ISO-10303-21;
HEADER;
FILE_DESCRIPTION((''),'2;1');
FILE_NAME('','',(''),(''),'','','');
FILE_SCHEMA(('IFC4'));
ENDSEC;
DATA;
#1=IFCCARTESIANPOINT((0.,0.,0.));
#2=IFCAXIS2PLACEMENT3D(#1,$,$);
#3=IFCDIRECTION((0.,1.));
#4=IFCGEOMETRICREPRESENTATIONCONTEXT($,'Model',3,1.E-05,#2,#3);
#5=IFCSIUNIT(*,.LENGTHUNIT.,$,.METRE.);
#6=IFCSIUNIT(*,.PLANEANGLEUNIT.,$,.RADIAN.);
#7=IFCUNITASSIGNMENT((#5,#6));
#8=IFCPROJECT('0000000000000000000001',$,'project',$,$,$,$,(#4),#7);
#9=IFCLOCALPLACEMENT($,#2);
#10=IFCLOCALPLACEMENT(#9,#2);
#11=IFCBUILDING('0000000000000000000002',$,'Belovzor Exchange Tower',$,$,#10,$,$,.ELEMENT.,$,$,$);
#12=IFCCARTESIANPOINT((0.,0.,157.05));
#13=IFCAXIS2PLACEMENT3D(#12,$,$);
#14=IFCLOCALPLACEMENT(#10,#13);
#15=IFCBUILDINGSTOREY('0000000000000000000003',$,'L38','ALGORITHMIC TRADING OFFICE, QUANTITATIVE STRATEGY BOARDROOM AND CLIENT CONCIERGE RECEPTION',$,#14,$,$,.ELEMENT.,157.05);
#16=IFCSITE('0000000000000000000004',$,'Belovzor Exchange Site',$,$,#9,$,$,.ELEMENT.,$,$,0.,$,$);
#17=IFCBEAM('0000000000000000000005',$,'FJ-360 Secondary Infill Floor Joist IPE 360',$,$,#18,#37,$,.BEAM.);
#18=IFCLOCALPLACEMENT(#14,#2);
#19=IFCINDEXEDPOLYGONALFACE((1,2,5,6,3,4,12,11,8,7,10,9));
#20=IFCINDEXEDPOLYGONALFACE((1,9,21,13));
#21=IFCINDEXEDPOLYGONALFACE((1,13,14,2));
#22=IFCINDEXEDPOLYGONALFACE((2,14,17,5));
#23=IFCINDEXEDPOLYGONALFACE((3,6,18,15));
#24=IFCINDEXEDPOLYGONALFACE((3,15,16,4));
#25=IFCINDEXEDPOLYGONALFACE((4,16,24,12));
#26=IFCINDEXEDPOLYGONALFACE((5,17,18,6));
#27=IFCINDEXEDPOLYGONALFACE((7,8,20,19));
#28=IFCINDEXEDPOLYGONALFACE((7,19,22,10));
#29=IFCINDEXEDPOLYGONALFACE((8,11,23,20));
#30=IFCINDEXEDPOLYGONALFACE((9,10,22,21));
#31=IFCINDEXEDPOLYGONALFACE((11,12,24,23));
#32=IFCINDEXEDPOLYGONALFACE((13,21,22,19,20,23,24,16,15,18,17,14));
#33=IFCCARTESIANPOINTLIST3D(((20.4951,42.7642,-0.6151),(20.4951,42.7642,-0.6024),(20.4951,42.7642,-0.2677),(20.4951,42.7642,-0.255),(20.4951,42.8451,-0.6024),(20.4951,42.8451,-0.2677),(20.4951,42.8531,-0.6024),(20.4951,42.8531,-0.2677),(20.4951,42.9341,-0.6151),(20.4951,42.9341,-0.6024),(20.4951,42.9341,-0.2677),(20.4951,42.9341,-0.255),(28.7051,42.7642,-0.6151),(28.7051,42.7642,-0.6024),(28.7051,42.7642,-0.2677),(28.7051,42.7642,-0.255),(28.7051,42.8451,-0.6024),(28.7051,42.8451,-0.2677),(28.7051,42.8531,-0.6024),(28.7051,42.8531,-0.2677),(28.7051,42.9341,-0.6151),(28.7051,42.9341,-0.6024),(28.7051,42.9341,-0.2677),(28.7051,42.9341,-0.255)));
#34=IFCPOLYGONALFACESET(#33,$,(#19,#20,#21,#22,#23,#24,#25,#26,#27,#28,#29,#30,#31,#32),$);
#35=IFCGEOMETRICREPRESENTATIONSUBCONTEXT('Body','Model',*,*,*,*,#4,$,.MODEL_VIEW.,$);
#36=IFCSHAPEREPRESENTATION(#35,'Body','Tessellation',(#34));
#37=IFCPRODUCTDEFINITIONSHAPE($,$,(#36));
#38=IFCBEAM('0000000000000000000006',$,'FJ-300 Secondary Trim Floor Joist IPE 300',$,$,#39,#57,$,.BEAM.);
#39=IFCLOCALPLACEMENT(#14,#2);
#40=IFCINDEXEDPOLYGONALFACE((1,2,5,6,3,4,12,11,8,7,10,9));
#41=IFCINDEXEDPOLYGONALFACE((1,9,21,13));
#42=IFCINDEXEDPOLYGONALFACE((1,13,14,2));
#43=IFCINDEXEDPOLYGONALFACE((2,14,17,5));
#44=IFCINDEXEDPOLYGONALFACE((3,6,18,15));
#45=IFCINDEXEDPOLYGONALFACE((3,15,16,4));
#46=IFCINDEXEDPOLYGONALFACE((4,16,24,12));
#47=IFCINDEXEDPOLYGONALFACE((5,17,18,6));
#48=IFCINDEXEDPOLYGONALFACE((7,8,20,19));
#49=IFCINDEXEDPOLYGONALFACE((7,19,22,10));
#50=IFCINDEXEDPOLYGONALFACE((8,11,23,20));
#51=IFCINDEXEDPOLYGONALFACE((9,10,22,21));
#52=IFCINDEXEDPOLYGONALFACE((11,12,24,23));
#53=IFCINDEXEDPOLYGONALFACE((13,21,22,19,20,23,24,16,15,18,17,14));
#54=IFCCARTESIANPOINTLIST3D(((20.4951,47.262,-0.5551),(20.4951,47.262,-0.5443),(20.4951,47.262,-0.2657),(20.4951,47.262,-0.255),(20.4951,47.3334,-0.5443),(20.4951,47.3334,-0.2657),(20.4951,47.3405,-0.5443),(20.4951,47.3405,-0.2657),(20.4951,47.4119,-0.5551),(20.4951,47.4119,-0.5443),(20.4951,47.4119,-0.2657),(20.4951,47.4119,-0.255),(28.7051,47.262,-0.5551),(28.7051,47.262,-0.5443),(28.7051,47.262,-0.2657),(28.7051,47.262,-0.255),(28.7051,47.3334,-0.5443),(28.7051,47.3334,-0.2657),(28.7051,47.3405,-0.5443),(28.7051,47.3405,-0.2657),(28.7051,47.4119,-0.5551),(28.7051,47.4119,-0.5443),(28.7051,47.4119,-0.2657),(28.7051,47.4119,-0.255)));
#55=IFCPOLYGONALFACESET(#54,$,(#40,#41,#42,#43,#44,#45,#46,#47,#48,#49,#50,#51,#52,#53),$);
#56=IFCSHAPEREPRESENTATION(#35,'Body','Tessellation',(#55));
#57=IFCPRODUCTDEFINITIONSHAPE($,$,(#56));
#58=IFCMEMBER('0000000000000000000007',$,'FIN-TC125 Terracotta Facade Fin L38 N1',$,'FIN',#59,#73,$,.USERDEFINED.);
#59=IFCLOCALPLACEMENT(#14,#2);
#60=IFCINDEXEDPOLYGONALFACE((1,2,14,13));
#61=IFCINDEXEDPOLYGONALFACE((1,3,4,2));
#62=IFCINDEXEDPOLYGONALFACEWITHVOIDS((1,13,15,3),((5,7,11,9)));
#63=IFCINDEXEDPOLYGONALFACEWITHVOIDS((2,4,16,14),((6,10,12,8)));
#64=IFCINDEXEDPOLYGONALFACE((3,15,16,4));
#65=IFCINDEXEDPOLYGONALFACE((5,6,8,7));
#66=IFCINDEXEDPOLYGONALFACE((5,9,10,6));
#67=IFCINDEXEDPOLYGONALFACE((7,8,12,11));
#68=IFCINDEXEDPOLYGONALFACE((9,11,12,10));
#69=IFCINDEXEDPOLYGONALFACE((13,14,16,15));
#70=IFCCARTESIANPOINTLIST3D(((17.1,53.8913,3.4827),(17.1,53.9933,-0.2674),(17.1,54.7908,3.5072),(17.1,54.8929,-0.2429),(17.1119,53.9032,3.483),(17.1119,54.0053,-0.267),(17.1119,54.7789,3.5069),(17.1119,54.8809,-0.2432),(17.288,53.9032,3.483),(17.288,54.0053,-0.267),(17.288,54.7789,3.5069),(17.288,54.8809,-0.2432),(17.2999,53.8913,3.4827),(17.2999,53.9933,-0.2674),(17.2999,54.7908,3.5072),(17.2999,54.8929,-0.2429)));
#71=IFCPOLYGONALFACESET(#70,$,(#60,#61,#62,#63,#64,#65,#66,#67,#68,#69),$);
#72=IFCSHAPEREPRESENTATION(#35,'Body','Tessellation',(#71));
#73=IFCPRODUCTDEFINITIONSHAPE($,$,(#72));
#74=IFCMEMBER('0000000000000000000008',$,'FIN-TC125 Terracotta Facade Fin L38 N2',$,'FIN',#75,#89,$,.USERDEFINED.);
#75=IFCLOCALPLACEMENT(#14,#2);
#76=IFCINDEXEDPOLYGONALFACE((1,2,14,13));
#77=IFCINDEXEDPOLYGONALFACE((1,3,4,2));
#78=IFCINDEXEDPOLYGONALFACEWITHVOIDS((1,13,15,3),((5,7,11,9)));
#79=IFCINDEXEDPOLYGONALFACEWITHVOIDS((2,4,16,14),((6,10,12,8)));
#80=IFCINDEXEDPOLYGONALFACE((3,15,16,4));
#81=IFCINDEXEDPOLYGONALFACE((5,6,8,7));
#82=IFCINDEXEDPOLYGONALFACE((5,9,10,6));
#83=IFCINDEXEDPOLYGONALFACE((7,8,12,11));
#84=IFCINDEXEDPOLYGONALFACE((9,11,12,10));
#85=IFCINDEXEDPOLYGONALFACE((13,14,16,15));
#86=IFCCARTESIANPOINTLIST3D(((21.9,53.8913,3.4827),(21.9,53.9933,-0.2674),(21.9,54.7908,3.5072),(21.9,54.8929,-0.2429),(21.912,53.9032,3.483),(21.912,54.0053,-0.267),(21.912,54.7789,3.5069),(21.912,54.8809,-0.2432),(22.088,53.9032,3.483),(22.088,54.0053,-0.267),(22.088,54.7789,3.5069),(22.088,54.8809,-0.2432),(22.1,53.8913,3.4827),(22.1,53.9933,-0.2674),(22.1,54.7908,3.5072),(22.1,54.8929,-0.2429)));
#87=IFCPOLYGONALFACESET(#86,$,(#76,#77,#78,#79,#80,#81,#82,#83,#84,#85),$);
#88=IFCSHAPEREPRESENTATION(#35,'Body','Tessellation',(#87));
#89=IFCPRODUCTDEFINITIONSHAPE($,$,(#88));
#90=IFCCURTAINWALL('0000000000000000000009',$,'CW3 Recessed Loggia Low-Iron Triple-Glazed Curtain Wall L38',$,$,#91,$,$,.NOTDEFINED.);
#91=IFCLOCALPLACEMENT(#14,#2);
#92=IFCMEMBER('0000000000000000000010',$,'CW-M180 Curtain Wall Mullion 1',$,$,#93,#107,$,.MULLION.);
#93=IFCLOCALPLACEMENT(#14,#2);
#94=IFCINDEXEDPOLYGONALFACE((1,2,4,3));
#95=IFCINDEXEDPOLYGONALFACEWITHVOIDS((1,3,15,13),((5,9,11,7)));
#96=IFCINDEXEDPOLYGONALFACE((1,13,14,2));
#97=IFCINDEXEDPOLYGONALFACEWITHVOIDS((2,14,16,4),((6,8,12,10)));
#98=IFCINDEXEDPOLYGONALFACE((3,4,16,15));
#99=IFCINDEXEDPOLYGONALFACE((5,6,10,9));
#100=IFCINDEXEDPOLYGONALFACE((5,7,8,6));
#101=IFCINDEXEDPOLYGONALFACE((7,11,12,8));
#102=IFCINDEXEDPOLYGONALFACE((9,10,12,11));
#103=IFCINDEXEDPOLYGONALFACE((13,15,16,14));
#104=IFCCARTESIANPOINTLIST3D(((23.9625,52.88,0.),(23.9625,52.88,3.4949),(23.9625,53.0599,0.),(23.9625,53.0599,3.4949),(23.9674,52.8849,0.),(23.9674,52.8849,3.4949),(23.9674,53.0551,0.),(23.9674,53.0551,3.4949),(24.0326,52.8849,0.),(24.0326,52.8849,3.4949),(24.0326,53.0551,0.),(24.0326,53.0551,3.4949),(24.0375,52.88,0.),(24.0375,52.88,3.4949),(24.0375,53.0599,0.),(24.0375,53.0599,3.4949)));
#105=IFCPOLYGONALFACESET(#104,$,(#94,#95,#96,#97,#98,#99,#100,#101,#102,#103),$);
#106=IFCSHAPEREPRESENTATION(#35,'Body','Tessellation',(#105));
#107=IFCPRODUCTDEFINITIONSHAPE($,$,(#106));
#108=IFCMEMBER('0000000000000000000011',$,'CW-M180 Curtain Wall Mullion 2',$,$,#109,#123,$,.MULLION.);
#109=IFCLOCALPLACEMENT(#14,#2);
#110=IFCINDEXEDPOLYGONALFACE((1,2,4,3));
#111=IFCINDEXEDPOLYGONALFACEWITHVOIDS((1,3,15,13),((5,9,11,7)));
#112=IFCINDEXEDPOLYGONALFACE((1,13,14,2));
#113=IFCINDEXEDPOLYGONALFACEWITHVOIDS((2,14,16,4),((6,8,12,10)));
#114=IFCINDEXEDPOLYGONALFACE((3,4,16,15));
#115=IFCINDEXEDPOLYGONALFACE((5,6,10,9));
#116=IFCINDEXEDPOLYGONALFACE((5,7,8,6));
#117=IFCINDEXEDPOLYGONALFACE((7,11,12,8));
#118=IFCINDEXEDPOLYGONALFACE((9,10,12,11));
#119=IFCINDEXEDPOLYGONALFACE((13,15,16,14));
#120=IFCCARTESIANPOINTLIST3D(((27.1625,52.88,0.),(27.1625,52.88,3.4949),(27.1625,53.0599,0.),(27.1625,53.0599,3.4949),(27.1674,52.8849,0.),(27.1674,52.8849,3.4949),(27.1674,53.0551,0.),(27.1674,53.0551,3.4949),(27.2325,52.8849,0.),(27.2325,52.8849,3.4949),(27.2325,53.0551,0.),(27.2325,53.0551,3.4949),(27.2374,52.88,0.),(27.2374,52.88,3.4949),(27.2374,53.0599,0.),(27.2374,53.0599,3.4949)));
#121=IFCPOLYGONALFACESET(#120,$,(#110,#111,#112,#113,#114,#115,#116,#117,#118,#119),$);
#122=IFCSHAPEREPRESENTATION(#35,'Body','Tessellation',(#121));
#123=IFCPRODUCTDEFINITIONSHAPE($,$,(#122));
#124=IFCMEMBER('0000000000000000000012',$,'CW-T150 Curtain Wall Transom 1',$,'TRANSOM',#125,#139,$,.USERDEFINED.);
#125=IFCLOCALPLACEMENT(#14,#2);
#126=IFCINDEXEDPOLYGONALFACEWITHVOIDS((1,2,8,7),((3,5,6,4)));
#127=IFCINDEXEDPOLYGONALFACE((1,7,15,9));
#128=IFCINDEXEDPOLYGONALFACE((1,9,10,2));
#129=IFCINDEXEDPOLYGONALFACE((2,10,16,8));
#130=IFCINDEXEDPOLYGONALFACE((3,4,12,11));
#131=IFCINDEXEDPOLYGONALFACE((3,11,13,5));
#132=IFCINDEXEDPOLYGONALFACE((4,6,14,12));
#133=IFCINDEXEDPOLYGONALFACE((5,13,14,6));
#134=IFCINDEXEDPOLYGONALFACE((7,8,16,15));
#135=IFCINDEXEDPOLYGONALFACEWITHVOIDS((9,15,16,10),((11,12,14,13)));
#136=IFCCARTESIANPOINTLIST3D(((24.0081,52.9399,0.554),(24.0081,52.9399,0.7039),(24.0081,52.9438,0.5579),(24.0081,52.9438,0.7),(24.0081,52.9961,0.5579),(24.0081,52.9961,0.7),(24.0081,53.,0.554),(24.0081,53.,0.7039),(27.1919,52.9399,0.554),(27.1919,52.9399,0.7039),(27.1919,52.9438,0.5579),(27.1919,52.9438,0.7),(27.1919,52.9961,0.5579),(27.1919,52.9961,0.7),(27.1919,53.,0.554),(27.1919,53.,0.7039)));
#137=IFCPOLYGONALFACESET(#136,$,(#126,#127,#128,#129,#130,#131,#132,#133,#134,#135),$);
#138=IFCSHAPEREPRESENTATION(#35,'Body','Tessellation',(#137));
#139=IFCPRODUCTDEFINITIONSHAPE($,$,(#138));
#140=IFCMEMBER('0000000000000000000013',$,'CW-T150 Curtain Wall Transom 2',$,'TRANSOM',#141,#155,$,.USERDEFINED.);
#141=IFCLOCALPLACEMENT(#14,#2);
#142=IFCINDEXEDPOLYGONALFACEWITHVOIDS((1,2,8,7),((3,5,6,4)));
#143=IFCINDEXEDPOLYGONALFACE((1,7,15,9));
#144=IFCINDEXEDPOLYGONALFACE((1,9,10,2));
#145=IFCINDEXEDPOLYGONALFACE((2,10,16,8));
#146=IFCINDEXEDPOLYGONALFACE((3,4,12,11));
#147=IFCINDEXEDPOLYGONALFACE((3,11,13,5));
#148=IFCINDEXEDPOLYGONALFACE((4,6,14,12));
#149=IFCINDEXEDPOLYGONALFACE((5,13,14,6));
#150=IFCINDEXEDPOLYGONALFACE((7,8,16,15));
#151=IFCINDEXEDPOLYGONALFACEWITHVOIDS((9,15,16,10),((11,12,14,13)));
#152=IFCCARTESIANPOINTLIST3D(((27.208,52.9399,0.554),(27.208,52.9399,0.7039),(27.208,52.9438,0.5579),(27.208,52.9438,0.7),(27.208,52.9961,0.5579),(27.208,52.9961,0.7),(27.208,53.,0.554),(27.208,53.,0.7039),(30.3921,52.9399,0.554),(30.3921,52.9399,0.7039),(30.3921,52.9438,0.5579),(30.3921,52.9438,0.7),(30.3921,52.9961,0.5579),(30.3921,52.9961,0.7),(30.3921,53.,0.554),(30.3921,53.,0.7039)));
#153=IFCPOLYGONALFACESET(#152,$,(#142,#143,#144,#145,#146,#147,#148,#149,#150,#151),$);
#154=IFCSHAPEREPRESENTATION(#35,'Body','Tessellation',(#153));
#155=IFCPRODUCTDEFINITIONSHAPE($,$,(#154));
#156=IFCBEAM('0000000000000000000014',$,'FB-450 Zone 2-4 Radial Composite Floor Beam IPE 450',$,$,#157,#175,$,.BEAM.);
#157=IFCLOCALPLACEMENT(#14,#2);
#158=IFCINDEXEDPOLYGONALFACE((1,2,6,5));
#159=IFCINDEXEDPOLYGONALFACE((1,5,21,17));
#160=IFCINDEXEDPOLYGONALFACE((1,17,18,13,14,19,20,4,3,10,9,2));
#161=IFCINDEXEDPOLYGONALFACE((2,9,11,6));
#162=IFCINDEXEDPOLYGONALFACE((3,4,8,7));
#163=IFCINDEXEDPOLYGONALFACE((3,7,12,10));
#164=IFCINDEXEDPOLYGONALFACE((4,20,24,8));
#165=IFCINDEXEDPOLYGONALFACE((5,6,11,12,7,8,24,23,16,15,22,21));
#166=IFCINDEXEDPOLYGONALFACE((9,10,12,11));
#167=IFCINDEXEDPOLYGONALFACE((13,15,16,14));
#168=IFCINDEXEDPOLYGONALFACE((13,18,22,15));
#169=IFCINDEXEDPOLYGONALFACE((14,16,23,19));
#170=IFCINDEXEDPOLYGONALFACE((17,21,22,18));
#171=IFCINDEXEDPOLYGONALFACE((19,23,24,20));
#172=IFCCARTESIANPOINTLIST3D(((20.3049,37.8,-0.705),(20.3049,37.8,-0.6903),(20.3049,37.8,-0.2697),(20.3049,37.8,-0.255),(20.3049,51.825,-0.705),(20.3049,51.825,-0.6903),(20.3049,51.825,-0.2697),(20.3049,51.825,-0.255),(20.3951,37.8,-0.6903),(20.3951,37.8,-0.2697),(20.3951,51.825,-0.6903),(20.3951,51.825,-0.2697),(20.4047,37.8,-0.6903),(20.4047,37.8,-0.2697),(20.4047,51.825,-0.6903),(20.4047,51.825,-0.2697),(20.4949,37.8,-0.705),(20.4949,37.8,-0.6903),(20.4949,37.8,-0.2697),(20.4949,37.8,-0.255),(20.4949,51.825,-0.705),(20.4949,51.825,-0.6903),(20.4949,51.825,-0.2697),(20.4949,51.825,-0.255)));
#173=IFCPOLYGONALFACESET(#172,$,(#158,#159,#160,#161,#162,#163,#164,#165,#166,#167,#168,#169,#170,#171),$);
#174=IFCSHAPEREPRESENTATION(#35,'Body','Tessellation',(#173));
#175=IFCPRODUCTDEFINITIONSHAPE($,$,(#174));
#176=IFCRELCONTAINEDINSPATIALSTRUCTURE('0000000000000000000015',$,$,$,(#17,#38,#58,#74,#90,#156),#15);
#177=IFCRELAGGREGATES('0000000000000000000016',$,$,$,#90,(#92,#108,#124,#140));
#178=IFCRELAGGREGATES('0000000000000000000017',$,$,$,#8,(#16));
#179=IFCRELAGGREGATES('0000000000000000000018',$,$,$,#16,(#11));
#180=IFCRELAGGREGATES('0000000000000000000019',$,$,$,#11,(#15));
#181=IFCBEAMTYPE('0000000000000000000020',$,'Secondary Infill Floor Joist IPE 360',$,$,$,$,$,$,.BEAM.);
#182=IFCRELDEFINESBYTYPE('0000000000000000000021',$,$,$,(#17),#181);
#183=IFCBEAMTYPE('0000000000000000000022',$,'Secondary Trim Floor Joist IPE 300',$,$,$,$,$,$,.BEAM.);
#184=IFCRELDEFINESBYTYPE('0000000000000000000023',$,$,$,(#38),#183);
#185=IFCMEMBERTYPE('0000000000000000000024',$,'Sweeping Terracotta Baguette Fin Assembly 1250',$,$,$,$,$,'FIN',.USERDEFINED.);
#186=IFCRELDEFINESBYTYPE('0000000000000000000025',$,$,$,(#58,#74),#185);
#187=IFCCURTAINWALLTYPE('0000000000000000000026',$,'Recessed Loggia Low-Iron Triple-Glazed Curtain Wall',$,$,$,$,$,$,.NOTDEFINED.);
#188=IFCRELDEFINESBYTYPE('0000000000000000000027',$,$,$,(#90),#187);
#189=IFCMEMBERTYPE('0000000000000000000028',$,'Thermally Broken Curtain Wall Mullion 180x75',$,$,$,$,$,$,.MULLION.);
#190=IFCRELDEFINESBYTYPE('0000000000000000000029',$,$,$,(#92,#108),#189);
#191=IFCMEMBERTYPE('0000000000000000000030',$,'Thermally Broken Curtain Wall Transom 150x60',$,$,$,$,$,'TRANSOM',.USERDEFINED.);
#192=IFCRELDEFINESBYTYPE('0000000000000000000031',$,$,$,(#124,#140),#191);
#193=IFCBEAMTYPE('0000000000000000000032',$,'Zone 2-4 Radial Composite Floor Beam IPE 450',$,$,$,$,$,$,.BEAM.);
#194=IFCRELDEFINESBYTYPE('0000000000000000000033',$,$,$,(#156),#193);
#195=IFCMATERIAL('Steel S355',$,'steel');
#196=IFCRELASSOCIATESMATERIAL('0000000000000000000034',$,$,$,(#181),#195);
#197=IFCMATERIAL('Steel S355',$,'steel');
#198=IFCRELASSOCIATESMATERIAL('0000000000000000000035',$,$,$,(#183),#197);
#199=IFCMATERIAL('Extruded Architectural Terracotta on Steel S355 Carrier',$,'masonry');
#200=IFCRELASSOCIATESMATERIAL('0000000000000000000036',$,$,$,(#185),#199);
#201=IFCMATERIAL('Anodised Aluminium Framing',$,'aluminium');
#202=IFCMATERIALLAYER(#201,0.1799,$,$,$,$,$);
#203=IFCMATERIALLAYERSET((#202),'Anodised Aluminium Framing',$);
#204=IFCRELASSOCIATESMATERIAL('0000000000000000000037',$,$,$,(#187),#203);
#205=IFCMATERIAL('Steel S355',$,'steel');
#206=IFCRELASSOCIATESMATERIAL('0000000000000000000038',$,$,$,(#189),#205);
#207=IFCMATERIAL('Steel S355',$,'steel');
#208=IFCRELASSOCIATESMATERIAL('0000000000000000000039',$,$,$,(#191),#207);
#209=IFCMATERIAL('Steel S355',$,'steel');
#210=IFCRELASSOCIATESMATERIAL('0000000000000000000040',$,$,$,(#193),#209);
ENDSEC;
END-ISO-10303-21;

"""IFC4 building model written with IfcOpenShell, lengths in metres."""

from ifc_helpers import new_model, si_unit, direction, frame, origin, origin_2d, place, context, subcontext, project, spatial, hollow_rectangle, i_section, extrude, material, layer, layer_set, material_profile, profile_set, type_object, element, aggregate, save


model = new_model("IFC4")

# Units and contexts
model_context = context("Model", 3, precision=1e-05, world=origin(), true_north=direction((0.0, 1.0)))
body_context = subcontext(model_context, "Body", "Model", "MODEL_VIEW")
ifc_project = project(units=[si_unit("LENGTHUNIT", "METRE"), si_unit("PLANEANGLEUNIT", "RADIAN")], contexts=[model_context])

# Site, building, storey
site_placement = place(None, origin())
site = spatial("IfcSite", under=ifc_project, at=site_placement, Name="Belovzor Exchange Site", CompositionType="ELEMENT", RefElevation=0.0)
building_placement = place(site_placement, origin())
building = spatial("IfcBuilding", under=site, at=building_placement, Name="Belovzor Exchange Tower", CompositionType="ELEMENT")
storey_placement = place(building_placement, frame((0.0, 0.0, 157.05)))
storey = spatial("IfcBuildingStorey", under=building, at=storey_placement, Name="L38", Description="ALGORITHMIC TRADING OFFICE, QUANTITATIVE STRATEGY BOARDROOM AND CLIENT CONCIERGE RECEPTION", CompositionType="ELEMENT", Elevation=157.05)

# Beams
ifc_material_1 = material(Name="Steel S355", Category="steel")
ifc_material_profile_1 = material_profile(ifc_material_1, i_section(OverallWidth=0.1699, OverallDepth=0.3601, WebThickness=0.0081, FlangeThickness=0.0127, at=origin_2d()))
ifc_profile_set_1 = profile_set([ifc_material_profile_1], Name="Steel S355")
beam_type_1 = type_object("IfcBeamType", Name="Secondary Infill Floor Joist IPE 360", PredefinedType="BEAM", material=ifc_profile_set_1)
beam_1_placement = place(storey_placement, frame((20.4951, 42.8491, -0.4351), z_axis=(1.0, 0.0, 0.0), x_axis=(0.0, 1.0, 0.0)))
element("IfcBeam", 1, at=beam_1_placement, inside=storey, type_object=beam_type_1, Name="FJ-360 Secondary Infill Floor Joist IPE 360", PredefinedType="BEAM", context=body_context, shape_type="SweptSolid", body=[
    extrude(i_section(OverallWidth=0.1699, OverallDepth=0.3601, WebThickness=0.0081, FlangeThickness=0.0127, at=origin_2d()), origin(), (0.0, 0.0, 1.0), 8.21),
])
ifc_material_2 = material(Name="Steel S355", Category="steel")
ifc_material_profile_2 = material_profile(ifc_material_2, i_section(OverallWidth=0.1499, OverallDepth=0.3, WebThickness=0.0071, FlangeThickness=0.0107, at=origin_2d()))
ifc_profile_set_2 = profile_set([ifc_material_profile_2], Name="Steel S355")
beam_type_2 = type_object("IfcBeamType", Name="Secondary Trim Floor Joist IPE 300", PredefinedType="BEAM", material=ifc_profile_set_2)
beam_2_placement = place(storey_placement, frame((20.4951, 47.3369, -0.405), z_axis=(1.0, 0.0, 0.0), x_axis=(0.0, 1.0, 0.0)))
element("IfcBeam", 2, at=beam_2_placement, inside=storey, type_object=beam_type_2, Name="FJ-300 Secondary Trim Floor Joist IPE 300", PredefinedType="BEAM", context=body_context, shape_type="SweptSolid", body=[
    extrude(i_section(OverallWidth=0.1499, OverallDepth=0.3, WebThickness=0.0071, FlangeThickness=0.0107, at=origin_2d()), origin(), (0.0, 0.0, 1.0), 8.21),
])

# Members
ifc_material_3 = material(Name="Extruded Architectural Terracotta on Steel S355 Carrier", Category="masonry")
ifc_material_profile_3 = material_profile(ifc_material_3, hollow_rectangle(XDim=0.2, YDim=0.8999, WallThickness=0.012, at=origin_2d()))
ifc_profile_set_3 = profile_set([ifc_material_profile_3], Name="Extruded Architectural Terracotta on Steel S355 Carrier")
member_type_1 = type_object("IfcMemberType", Name="Sweeping Terracotta Baguette Fin Assembly 1250", ElementType="FIN", PredefinedType="USERDEFINED", material=ifc_profile_set_3)
for number, where, z_axis, x_axis, name in (
    (3, (17.2, 54.4431, -0.2551), (0.0, -0.027203, 0.99963), (1.0, 0.0, 0.0), "FIN-TC125 Terracotta Facade Fin L38 N1"),
    (4, (22.0, 54.4431, -0.2551), (0.0, -0.027203, 0.99963), (1.0, 0.0, 0.0), "FIN-TC125 Terracotta Facade Fin L38 N2"),
):
    element("IfcMember", number, at=place(storey_placement, frame(where, z_axis=z_axis, x_axis=x_axis)), inside=storey, type_object=member_type_1, Name=name, ObjectType="FIN", PredefinedType="USERDEFINED", context=body_context, shape_type="SweptSolid", body=[
        extrude(hollow_rectangle(XDim=0.2, YDim=0.8999, WallThickness=0.012, at=origin_2d()), origin(), (0.0, 0.0, 1.0), 3.7515),
    ])

# Curtain wall, members
ifc_material_4 = material(Name="Anodised Aluminium Framing", Category="aluminium")
ifc_layer_1 = layer(ifc_material_4, 0.1799)
ifc_layer_set_1 = layer_set([ifc_layer_1], Name="Anodised Aluminium Framing")
curtain_wall_type = type_object("IfcCurtainWallType", Name="Recessed Loggia Low-Iron Triple-Glazed Curtain Wall", PredefinedType="NOTDEFINED", material=ifc_layer_set_1)
curtain_wall_placement = place(storey_placement, origin())
curtain_wall = element("IfcCurtainWall", 5, at=curtain_wall_placement, inside=storey, type_object=curtain_wall_type, Name="CW3 Recessed Loggia Low-Iron Triple-Glazed Curtain Wall L38", PredefinedType="NOTDEFINED")
ifc_material_5 = material(Name="Steel S355", Category="steel")
ifc_material_profile_4 = material_profile(ifc_material_5, hollow_rectangle(XDim=0.075, YDim=0.1799, WallThickness=0.0049, at=origin_2d()))
ifc_profile_set_4 = profile_set([ifc_material_profile_4], Name="Steel S355")
member_type_2 = type_object("IfcMemberType", Name="Thermally Broken Curtain Wall Mullion 180x75", PredefinedType="MULLION", material=ifc_profile_set_4)
member_1_placement = place(storey_placement, frame((24.0, 52.97, 0.0), z_axis=(0.0, 0.0, 1.0), x_axis=(1.0, 0.0, 0.0)))
member_1 = element("IfcMember", 6, at=member_1_placement, type_object=member_type_2, Name="CW-M180 Curtain Wall Mullion 1", PredefinedType="MULLION", context=body_context, shape_type="SweptSolid", body=[
    extrude(hollow_rectangle(XDim=0.075, YDim=0.1799, WallThickness=0.0049, at=origin_2d()), origin(), (0.0, 0.0, 1.0), 3.4949),
])
member_2_placement = place(storey_placement, frame((27.2, 52.97, 0.0), z_axis=(0.0, 0.0, 1.0), x_axis=(1.0, 0.0, 0.0)))
member_2 = element("IfcMember", 7, at=member_2_placement, type_object=member_type_2, Name="CW-M180 Curtain Wall Mullion 2", PredefinedType="MULLION", context=body_context, shape_type="SweptSolid", body=[
    extrude(hollow_rectangle(XDim=0.075, YDim=0.1799, WallThickness=0.0049, at=origin_2d()), origin(), (0.0, 0.0, 1.0), 3.4949),
])
ifc_material_6 = material(Name="Steel S355", Category="steel")
ifc_material_profile_5 = material_profile(ifc_material_6, hollow_rectangle(XDim=0.0601, YDim=0.1499, WallThickness=0.0039, at=origin_2d()))
ifc_profile_set_5 = profile_set([ifc_material_profile_5], Name="Steel S355")
member_type_3 = type_object("IfcMemberType", Name="Thermally Broken Curtain Wall Transom 150x60", ElementType="TRANSOM", PredefinedType="USERDEFINED", material=ifc_profile_set_5)
member_3_placement = place(storey_placement, frame((24.0081, 52.97, 0.6289), z_axis=(1.0, 0.0, 0.0), x_axis=(0.0, 1.0, 0.0)))
member_3 = element("IfcMember", 8, at=member_3_placement, type_object=member_type_3, Name="CW-T150 Curtain Wall Transom 1", ObjectType="TRANSOM", PredefinedType="USERDEFINED", context=body_context, shape_type="SweptSolid", body=[
    extrude(hollow_rectangle(XDim=0.0601, YDim=0.1499, WallThickness=0.0039, at=origin_2d()), origin(), (0.0, 0.0, 1.0), 3.1838),
])
member_4_placement = place(storey_placement, frame((27.208, 52.97, 0.6289), z_axis=(1.0, 0.0, 0.0), x_axis=(0.0, 1.0, 0.0)))
member_4 = element("IfcMember", 9, at=member_4_placement, type_object=member_type_3, Name="CW-T150 Curtain Wall Transom 2", ObjectType="TRANSOM", PredefinedType="USERDEFINED", context=body_context, shape_type="SweptSolid", body=[
    extrude(hollow_rectangle(XDim=0.0601, YDim=0.1499, WallThickness=0.0039, at=origin_2d()), origin(), (0.0, 0.0, 1.0), 3.1841),
])

# Beam
ifc_material_7 = material(Name="Steel S355", Category="steel")
ifc_material_profile_6 = material_profile(ifc_material_7, i_section(OverallWidth=0.1899, OverallDepth=0.45, WebThickness=0.0095, FlangeThickness=0.0146, at=origin_2d()))
ifc_profile_set_6 = profile_set([ifc_material_profile_6], Name="Steel S355")
beam_type_3 = type_object("IfcBeamType", Name="Zone 2-4 Radial Composite Floor Beam IPE 450", PredefinedType="BEAM", material=ifc_profile_set_6)
beam_3_placement = place(storey_placement, frame((20.3999, 37.8, -0.48), z_axis=(0.0, 1.0, 0.0), x_axis=(-1.0, 0.0, 0.0)))
element("IfcBeam", 10, at=beam_3_placement, inside=storey, type_object=beam_type_3, Name="FB-450 Zone 2-4 Radial Composite Floor Beam IPE 450", PredefinedType="BEAM", context=body_context, shape_type="SweptSolid", body=[
    extrude(i_section(OverallWidth=0.1899, OverallDepth=0.45, WebThickness=0.0095, FlangeThickness=0.0146, at=origin_2d()), origin(), (0.0, 0.0, 1.0), 14.0249),
])

aggregate(curtain_wall, [member_1, member_2, member_3, member_4])

save(model, "model.ifc")
